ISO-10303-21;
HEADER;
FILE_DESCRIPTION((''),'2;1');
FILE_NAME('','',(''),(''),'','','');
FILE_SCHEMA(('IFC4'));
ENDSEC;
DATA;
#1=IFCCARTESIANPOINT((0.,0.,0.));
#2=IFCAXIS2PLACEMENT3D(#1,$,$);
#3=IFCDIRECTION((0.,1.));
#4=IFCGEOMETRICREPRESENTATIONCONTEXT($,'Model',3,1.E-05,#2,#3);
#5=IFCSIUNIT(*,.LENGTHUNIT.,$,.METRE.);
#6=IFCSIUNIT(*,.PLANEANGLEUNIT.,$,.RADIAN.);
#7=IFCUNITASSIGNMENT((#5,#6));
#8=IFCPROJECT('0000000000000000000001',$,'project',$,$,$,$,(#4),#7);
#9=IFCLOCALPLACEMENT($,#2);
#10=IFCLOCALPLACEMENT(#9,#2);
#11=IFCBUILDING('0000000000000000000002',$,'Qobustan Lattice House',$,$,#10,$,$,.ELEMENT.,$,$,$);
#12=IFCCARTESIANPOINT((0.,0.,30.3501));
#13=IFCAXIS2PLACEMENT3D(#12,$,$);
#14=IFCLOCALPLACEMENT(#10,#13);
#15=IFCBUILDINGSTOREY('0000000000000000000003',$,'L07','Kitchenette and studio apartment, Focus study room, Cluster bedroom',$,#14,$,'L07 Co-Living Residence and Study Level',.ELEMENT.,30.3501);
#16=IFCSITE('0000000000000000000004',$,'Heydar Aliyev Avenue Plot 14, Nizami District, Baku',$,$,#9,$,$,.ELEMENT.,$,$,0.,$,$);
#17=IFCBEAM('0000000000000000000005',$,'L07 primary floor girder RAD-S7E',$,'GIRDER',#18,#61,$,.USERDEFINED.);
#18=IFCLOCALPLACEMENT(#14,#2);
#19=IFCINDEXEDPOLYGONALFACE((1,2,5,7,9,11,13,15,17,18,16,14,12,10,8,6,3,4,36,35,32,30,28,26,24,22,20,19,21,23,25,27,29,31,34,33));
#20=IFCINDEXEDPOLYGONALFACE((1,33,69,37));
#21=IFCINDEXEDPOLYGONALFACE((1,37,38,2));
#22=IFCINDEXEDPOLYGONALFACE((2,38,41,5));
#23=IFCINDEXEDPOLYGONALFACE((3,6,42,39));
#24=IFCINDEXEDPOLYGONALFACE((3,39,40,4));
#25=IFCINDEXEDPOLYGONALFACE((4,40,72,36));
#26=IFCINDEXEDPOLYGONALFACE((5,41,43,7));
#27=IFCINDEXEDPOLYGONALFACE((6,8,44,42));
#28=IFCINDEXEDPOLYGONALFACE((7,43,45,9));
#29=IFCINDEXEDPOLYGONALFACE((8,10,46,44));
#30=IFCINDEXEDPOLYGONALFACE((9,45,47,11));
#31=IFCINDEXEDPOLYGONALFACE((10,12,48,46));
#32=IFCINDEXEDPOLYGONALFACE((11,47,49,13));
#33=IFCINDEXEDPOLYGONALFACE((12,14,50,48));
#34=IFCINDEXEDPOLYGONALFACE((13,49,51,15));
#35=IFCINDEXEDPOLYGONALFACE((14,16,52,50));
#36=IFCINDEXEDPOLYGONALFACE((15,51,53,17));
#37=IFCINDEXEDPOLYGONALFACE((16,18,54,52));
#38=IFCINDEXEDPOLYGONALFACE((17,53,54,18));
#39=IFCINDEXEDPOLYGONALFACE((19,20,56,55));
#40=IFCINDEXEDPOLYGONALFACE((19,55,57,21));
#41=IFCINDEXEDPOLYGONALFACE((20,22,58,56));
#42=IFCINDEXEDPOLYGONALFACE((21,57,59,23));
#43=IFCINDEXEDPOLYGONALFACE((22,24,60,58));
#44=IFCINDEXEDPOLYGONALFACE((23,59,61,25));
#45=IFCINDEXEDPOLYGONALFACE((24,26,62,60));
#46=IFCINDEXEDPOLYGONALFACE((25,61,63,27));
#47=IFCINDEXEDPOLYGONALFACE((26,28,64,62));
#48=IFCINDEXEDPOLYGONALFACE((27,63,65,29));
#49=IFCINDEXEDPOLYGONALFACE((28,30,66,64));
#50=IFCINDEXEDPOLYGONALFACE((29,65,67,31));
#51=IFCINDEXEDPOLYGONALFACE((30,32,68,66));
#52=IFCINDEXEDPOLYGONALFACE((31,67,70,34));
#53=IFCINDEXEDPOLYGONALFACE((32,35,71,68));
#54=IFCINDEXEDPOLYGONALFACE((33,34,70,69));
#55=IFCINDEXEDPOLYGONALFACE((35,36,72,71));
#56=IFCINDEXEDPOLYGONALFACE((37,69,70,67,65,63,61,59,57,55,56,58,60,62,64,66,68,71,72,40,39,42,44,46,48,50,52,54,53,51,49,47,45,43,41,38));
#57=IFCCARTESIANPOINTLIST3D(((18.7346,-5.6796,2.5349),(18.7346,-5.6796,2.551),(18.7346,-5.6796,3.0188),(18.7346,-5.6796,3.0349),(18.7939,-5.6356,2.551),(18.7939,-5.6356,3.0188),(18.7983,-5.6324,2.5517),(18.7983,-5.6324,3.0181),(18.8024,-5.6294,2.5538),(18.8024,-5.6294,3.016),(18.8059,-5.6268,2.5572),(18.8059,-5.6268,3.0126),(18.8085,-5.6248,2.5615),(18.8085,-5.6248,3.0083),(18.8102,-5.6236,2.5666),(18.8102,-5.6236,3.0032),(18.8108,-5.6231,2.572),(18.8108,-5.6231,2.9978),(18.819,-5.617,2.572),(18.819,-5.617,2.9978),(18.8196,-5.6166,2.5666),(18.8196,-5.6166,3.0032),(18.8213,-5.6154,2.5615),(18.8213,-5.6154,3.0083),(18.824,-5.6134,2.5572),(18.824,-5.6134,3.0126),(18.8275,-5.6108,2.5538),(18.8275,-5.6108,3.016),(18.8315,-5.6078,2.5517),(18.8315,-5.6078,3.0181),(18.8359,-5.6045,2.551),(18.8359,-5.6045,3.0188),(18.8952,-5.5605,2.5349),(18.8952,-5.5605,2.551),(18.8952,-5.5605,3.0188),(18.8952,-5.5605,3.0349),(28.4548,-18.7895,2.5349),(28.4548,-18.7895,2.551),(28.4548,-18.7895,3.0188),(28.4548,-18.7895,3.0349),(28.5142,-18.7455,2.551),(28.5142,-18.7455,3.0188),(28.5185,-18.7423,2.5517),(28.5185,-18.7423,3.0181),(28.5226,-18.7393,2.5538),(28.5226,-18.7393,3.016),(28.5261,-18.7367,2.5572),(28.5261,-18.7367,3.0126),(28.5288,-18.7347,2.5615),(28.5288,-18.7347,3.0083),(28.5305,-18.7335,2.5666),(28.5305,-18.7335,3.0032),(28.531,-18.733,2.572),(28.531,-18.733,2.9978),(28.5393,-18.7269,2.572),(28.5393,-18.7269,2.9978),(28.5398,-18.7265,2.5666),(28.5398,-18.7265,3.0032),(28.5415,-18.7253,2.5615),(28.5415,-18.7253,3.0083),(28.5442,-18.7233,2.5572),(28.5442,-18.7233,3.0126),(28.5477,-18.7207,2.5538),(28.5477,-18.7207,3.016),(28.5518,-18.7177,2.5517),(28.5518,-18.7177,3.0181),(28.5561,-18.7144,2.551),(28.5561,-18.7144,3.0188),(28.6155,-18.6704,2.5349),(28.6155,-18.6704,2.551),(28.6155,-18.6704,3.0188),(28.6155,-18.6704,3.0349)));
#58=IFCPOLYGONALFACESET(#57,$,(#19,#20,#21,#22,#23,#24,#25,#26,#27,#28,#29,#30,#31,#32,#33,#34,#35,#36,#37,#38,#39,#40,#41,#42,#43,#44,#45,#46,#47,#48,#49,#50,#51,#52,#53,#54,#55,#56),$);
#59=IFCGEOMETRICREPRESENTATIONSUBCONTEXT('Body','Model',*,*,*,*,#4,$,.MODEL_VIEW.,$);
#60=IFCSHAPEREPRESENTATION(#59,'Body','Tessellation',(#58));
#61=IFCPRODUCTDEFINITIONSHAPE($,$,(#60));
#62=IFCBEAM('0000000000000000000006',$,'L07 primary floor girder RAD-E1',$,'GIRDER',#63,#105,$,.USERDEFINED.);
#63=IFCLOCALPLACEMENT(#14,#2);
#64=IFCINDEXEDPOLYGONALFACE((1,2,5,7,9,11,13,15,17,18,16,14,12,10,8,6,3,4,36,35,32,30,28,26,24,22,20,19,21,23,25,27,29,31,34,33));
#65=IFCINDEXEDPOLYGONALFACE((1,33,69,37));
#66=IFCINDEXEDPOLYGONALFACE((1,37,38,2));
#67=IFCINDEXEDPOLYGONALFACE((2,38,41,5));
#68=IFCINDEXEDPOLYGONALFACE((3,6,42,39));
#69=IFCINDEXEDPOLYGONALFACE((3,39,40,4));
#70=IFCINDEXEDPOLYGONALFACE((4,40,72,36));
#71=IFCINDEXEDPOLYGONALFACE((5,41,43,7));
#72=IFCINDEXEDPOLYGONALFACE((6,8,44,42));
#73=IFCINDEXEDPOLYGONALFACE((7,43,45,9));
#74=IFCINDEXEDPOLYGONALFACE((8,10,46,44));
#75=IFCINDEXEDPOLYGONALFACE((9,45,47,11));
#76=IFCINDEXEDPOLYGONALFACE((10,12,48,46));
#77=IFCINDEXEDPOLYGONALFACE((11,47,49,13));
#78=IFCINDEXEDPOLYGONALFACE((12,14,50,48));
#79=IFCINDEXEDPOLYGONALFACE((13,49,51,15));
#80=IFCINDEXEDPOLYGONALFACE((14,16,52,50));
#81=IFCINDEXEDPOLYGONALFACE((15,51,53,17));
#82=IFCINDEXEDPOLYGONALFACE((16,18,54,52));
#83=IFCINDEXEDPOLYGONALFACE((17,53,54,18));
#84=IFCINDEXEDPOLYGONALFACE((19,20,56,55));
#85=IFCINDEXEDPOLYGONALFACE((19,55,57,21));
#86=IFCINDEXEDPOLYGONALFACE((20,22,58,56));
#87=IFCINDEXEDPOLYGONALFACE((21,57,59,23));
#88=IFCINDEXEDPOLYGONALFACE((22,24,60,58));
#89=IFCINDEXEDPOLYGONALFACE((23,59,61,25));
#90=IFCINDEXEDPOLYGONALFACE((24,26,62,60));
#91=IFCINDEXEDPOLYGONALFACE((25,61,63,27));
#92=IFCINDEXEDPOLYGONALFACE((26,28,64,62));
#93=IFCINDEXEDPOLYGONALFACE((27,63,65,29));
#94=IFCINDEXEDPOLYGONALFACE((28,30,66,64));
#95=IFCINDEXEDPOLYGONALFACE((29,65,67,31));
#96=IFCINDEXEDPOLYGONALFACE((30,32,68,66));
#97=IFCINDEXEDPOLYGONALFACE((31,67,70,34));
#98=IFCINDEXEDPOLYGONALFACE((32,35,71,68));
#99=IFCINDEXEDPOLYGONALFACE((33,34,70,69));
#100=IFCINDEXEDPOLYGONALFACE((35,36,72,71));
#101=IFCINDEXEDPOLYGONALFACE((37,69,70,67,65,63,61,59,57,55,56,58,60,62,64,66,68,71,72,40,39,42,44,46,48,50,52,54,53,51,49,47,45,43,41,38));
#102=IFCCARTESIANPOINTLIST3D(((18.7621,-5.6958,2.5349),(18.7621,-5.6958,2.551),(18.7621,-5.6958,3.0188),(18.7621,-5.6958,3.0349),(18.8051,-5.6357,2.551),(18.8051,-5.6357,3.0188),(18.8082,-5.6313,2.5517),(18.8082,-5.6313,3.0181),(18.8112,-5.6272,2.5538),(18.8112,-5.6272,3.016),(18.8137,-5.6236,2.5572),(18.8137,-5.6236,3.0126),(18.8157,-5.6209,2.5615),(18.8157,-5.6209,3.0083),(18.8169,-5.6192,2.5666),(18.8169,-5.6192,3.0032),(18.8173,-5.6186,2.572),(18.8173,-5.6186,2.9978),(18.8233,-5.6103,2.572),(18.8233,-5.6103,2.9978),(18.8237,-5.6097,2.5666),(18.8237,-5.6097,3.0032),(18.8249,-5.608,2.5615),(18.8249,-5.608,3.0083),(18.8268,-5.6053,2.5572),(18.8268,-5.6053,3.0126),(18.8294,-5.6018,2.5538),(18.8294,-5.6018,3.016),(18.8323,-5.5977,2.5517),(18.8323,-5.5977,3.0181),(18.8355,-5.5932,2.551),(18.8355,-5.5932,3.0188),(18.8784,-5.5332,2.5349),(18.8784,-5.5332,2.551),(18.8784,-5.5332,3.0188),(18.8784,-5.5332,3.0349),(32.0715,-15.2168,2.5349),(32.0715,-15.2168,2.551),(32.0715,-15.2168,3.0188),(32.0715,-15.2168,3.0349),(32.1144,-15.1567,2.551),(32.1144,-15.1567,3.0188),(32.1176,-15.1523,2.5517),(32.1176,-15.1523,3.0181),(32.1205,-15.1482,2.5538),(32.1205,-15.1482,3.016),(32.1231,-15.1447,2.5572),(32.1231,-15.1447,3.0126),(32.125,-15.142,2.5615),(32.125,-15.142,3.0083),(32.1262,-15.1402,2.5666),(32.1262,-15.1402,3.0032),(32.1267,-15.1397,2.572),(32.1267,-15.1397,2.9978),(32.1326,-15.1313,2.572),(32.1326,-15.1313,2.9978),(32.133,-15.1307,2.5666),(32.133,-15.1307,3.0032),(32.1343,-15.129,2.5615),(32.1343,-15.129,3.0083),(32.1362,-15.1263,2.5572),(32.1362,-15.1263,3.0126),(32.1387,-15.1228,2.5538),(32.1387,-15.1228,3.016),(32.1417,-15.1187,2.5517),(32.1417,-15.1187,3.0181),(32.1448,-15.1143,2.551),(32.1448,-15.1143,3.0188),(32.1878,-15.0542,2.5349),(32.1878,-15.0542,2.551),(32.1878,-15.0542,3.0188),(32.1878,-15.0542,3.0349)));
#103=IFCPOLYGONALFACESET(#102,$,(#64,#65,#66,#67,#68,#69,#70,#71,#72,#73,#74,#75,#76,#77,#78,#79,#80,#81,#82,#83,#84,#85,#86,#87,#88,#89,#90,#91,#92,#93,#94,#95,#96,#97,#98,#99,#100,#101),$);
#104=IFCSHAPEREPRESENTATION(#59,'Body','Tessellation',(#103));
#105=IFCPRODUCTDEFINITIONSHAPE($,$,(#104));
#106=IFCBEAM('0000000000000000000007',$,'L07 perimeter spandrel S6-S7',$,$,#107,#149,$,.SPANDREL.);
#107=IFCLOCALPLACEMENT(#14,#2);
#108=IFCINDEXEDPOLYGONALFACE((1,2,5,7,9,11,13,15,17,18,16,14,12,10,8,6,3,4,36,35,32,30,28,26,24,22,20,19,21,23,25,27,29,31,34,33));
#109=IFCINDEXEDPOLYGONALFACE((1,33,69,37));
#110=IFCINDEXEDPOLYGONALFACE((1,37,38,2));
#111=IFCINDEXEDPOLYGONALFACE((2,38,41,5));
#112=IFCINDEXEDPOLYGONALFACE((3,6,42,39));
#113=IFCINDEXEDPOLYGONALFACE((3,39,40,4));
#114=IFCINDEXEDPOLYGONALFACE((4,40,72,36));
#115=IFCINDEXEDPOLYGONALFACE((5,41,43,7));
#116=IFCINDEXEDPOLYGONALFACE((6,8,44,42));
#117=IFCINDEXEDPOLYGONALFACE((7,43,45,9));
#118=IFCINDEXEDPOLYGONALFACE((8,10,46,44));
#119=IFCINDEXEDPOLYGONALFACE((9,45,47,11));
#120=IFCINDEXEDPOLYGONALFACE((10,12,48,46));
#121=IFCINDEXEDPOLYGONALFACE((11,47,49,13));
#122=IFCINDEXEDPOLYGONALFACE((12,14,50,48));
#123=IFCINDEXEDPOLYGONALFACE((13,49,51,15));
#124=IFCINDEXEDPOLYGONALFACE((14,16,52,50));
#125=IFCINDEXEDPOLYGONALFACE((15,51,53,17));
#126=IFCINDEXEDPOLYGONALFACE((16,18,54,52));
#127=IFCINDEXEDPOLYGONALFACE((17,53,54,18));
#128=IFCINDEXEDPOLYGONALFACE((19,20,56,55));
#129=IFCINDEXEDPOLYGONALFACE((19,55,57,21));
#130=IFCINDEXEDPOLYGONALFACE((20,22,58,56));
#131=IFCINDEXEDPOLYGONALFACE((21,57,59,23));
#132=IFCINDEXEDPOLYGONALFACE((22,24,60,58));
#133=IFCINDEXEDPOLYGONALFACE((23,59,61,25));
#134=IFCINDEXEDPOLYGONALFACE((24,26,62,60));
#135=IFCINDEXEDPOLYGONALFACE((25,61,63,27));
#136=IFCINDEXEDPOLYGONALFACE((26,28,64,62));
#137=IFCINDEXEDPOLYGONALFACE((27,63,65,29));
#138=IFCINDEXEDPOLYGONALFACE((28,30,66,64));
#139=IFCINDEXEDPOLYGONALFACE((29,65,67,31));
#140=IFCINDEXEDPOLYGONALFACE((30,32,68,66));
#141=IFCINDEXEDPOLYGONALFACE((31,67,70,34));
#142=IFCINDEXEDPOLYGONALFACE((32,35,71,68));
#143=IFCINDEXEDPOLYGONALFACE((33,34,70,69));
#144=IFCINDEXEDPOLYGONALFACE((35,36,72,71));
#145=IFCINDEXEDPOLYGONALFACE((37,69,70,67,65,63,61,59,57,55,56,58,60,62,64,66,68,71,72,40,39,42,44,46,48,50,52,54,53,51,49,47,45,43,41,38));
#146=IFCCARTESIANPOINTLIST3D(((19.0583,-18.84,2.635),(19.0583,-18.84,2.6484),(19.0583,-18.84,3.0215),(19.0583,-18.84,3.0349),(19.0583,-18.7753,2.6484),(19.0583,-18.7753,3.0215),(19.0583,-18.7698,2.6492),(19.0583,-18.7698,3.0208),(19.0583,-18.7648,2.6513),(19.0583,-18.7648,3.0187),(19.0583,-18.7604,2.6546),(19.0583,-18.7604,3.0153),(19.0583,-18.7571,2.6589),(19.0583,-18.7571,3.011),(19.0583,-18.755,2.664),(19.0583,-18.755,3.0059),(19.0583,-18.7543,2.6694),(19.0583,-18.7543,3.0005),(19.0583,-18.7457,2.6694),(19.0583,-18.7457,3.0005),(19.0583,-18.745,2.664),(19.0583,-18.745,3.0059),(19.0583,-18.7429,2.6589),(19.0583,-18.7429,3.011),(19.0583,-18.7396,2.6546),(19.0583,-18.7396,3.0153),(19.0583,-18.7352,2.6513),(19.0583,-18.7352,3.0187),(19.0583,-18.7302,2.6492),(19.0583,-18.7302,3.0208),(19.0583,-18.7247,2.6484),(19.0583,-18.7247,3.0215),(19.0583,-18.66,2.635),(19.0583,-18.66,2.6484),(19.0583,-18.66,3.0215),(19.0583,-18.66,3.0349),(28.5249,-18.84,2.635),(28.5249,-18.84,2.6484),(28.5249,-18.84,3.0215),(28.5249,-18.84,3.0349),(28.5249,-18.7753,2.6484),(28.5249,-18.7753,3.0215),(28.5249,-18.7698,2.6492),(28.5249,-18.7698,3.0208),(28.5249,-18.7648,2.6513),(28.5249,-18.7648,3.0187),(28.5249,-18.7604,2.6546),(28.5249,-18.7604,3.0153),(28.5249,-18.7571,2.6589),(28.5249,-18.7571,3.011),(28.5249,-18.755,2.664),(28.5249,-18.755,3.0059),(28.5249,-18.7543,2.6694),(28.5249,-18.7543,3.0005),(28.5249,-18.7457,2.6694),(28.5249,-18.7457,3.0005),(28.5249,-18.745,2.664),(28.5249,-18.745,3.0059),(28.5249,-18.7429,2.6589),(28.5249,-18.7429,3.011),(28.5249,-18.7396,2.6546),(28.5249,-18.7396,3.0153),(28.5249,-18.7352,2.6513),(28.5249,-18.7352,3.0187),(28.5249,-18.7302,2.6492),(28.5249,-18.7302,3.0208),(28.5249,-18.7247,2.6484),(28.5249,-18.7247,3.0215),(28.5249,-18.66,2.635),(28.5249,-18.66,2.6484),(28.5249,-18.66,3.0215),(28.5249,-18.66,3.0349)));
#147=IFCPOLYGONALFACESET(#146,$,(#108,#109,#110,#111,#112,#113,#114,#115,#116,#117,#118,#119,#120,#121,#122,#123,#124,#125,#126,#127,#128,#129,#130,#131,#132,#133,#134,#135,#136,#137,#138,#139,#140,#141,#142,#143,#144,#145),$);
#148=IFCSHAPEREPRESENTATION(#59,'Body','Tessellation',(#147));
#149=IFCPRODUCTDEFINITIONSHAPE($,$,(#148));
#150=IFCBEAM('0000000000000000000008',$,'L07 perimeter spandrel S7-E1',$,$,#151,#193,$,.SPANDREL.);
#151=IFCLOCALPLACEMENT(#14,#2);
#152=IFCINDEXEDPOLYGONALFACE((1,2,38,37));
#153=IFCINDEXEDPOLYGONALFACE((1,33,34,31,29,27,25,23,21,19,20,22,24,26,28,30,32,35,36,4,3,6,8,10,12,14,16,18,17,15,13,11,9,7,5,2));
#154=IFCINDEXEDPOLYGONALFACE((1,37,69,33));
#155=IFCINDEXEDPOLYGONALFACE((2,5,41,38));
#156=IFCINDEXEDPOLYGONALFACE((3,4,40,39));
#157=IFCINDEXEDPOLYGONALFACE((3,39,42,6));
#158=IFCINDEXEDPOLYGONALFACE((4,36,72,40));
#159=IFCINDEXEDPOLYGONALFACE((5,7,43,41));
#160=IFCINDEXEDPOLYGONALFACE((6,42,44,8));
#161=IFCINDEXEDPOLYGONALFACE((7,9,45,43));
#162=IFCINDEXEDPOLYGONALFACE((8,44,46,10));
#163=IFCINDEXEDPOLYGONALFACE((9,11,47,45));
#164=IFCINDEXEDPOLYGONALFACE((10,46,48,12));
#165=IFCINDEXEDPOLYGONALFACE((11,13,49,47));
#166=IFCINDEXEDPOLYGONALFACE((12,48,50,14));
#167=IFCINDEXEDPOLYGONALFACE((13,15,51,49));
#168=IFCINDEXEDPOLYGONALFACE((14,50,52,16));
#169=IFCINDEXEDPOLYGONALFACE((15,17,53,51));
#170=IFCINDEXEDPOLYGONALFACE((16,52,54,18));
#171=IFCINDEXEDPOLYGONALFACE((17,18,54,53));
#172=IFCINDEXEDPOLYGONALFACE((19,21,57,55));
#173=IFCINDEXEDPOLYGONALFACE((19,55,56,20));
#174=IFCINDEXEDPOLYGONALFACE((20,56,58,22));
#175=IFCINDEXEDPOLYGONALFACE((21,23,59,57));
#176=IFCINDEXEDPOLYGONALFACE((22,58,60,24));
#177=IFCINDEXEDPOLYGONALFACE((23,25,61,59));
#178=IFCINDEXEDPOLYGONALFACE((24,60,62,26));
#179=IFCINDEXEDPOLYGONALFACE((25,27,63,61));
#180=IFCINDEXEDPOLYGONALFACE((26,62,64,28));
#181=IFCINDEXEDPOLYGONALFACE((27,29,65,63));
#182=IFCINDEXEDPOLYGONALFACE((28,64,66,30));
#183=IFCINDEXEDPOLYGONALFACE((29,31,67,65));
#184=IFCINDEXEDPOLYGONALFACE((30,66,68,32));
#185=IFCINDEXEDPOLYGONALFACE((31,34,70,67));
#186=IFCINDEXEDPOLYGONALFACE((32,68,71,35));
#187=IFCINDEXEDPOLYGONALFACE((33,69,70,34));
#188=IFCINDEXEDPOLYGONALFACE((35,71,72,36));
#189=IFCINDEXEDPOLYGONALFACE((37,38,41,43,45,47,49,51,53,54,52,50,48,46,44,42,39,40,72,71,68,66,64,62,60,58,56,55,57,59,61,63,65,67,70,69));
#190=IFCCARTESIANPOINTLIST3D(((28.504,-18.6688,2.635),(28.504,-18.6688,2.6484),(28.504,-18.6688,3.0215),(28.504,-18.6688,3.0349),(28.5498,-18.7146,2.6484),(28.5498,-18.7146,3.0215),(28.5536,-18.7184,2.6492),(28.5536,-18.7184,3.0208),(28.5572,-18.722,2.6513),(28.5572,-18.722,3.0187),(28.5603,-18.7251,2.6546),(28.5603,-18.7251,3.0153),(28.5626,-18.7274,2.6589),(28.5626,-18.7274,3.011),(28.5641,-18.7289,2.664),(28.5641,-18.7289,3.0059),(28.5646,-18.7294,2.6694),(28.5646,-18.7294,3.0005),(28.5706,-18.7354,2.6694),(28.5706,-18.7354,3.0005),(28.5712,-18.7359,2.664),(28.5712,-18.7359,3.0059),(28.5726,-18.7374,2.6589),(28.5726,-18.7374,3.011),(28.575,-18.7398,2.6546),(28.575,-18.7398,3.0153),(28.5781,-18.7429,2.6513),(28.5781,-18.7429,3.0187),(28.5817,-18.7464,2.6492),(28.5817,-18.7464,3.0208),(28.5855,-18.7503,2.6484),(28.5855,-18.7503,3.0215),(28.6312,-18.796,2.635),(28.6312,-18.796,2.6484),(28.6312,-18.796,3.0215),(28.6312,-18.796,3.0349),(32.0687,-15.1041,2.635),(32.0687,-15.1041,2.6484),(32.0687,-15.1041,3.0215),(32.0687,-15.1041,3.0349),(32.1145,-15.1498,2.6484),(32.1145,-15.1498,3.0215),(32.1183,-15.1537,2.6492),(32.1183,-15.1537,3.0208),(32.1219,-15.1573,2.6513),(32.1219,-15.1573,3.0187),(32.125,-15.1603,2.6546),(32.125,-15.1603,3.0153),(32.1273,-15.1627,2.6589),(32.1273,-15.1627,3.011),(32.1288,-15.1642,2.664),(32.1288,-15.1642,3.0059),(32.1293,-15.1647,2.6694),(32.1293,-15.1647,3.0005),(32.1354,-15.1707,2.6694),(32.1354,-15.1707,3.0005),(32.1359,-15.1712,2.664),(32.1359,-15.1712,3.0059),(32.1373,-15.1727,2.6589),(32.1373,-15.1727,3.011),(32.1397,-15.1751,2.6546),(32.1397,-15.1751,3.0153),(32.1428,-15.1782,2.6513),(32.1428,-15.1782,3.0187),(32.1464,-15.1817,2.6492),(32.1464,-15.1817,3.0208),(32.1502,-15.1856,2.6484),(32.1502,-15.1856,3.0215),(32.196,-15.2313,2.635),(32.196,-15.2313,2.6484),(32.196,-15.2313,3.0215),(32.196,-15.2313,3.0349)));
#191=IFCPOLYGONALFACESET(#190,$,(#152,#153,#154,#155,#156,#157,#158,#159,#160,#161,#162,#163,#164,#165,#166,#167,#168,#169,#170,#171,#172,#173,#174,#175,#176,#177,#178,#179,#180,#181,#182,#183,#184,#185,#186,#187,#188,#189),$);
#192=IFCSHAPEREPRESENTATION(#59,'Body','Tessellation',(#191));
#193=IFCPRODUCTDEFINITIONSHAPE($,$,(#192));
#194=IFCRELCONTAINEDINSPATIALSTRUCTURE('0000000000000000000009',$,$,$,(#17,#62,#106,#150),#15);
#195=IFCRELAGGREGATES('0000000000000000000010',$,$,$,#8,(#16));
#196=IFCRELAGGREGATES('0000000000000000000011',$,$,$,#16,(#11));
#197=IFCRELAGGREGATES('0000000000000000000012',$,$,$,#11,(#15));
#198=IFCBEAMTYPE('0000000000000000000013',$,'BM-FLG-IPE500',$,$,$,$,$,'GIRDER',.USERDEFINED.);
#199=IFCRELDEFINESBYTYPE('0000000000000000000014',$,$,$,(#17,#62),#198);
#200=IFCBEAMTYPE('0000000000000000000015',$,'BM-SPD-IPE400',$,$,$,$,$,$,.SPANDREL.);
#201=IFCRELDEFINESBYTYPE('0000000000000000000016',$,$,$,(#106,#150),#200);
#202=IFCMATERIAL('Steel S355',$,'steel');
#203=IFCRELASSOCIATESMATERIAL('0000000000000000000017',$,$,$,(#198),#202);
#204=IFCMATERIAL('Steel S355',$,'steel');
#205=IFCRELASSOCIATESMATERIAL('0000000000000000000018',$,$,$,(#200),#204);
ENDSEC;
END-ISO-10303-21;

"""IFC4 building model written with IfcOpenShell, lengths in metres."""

from ifc_helpers import new_model, si_unit, direction, frame, origin, origin_2d, place, context, subcontext, project, spatial, i_section, extrude, material, material_profile, profile_set, type_object, element, save


model = new_model("IFC4")

# Units and contexts
model_context = context("Model", 3, precision=1e-05, world=origin(), true_north=direction((0.0, 1.0)))
body_context = subcontext(model_context, "Body", "Model", "MODEL_VIEW")
ifc_project = project(units=[si_unit("LENGTHUNIT", "METRE"), si_unit("PLANEANGLEUNIT", "RADIAN")], contexts=[model_context])

# Site, building, storey
site_placement = place(None, origin())
site = spatial("IfcSite", under=ifc_project, at=site_placement, Name="Heydar Aliyev Avenue Plot 14, Nizami District, Baku", CompositionType="ELEMENT", RefElevation=0.0)
building_placement = place(site_placement, origin())
building = spatial("IfcBuilding", under=site, at=building_placement, Name="Qobustan Lattice House", CompositionType="ELEMENT")
storey_placement = place(building_placement, frame((0.0, 0.0, 30.3501)))
storey = spatial("IfcBuildingStorey", under=building, at=storey_placement, Name="L07", Description="Kitchenette and studio apartment, Focus study room, Cluster bedroom", LongName="L07 Co-Living Residence and Study Level", CompositionType="ELEMENT", Elevation=30.3501)

# Beams
ifc_material_1 = material(Name="Steel S355", Category="steel")
ifc_material_profile_1 = material_profile(ifc_material_1, i_section(OverallWidth=0.2, OverallDepth=0.5, WebThickness=0.0103, FlangeThickness=0.0161, FilletRadius=0.021, at=origin_2d()), Name="IPE500")
ifc_profile_set_1 = profile_set([ifc_material_profile_1], Name="Steel S355")
beam_type_1 = type_object("IfcBeamType", Name="BM-FLG-IPE500", ElementType="GIRDER", PredefinedType="USERDEFINED", material=ifc_profile_set_1)
beam_1_placement = place(storey_placement, frame((28.5352, -18.73, 2.7849), z_axis=(-0.595592, 0.803287, 0.0), x_axis=(-0.803287, -0.595592, 0.0)))
element("IfcBeam", 1, at=beam_1_placement, inside=storey, type_object=beam_type_1, Name="L07 primary floor girder RAD-S7E", ObjectType="GIRDER", PredefinedType="USERDEFINED", context=body_context, shape_type="SweptSolid", body=[
    extrude(i_section(OverallWidth=0.2, OverallDepth=0.5, WebThickness=0.0103, FlangeThickness=0.0161, FilletRadius=0.021, at=origin_2d()), origin(), (0.0, 0.0, 1.0), 16.3203),
])
beam_2_placement = place(storey_placement, frame((32.1296, -15.1355, 2.7849), z_axis=(-0.813319, 0.581818, 0.0), x_axis=(-0.581818, -0.813319, 0.0)))
element("IfcBeam", 2, at=beam_2_placement, inside=storey, type_object=beam_type_1, Name="L07 primary floor girder RAD-E1", ObjectType="GIRDER", PredefinedType="USERDEFINED", context=body_context, shape_type="SweptSolid", body=[
    extrude(i_section(OverallWidth=0.2, OverallDepth=0.5, WebThickness=0.0103, FlangeThickness=0.0161, FilletRadius=0.021, at=origin_2d()), origin(), (0.0, 0.0, 1.0), 16.3643),
])
ifc_material_2 = material(Name="Steel S355", Category="steel")
ifc_material_profile_2 = material_profile(ifc_material_2, i_section(OverallWidth=0.1799, OverallDepth=0.3999, WebThickness=0.0085, FlangeThickness=0.0134, FilletRadius=0.021, at=origin_2d()), Name="IPE400")
ifc_profile_set_2 = profile_set([ifc_material_profile_2], Name="Steel S355")
beam_type_2 = type_object("IfcBeamType", Name="BM-SPD-IPE400", PredefinedType="SPANDREL", material=ifc_profile_set_2)
beam_3_placement = place(storey_placement, frame((19.0583, -18.75, 2.835), z_axis=(1.0, 0.0, 0.0), x_axis=(0.0, 1.0, 0.0)))
element("IfcBeam", 3, at=beam_3_placement, inside=storey, type_object=beam_type_2, Name="L07 perimeter spandrel S6-S7", PredefinedType="SPANDREL", context=body_context, shape_type="SweptSolid", body=[
    extrude(i_section(OverallWidth=0.1799, OverallDepth=0.3999, WebThickness=0.0085, FlangeThickness=0.0134, FilletRadius=0.021, at=origin_2d()), origin(), (0.0, 0.0, 1.0), 9.4666),
])
beam_4_placement = place(storey_placement, frame((28.5676, -18.7324, 2.835), z_axis=(0.707107, 0.707107, 0.0), x_axis=(-0.707107, 0.707107, 0.0)))
element("IfcBeam", 4, at=beam_4_placement, inside=storey, type_object=beam_type_2, Name="L07 perimeter spandrel S7-E1", PredefinedType="SPANDREL", context=body_context, shape_type="SweptSolid", body=[
    extrude(i_section(OverallWidth=0.1799, OverallDepth=0.3999, WebThickness=0.0085, FlangeThickness=0.0134, FilletRadius=0.021, at=origin_2d()), origin(), (0.0, 0.0, 1.0), 5.0413),
])

save(model, "model.ifc")
